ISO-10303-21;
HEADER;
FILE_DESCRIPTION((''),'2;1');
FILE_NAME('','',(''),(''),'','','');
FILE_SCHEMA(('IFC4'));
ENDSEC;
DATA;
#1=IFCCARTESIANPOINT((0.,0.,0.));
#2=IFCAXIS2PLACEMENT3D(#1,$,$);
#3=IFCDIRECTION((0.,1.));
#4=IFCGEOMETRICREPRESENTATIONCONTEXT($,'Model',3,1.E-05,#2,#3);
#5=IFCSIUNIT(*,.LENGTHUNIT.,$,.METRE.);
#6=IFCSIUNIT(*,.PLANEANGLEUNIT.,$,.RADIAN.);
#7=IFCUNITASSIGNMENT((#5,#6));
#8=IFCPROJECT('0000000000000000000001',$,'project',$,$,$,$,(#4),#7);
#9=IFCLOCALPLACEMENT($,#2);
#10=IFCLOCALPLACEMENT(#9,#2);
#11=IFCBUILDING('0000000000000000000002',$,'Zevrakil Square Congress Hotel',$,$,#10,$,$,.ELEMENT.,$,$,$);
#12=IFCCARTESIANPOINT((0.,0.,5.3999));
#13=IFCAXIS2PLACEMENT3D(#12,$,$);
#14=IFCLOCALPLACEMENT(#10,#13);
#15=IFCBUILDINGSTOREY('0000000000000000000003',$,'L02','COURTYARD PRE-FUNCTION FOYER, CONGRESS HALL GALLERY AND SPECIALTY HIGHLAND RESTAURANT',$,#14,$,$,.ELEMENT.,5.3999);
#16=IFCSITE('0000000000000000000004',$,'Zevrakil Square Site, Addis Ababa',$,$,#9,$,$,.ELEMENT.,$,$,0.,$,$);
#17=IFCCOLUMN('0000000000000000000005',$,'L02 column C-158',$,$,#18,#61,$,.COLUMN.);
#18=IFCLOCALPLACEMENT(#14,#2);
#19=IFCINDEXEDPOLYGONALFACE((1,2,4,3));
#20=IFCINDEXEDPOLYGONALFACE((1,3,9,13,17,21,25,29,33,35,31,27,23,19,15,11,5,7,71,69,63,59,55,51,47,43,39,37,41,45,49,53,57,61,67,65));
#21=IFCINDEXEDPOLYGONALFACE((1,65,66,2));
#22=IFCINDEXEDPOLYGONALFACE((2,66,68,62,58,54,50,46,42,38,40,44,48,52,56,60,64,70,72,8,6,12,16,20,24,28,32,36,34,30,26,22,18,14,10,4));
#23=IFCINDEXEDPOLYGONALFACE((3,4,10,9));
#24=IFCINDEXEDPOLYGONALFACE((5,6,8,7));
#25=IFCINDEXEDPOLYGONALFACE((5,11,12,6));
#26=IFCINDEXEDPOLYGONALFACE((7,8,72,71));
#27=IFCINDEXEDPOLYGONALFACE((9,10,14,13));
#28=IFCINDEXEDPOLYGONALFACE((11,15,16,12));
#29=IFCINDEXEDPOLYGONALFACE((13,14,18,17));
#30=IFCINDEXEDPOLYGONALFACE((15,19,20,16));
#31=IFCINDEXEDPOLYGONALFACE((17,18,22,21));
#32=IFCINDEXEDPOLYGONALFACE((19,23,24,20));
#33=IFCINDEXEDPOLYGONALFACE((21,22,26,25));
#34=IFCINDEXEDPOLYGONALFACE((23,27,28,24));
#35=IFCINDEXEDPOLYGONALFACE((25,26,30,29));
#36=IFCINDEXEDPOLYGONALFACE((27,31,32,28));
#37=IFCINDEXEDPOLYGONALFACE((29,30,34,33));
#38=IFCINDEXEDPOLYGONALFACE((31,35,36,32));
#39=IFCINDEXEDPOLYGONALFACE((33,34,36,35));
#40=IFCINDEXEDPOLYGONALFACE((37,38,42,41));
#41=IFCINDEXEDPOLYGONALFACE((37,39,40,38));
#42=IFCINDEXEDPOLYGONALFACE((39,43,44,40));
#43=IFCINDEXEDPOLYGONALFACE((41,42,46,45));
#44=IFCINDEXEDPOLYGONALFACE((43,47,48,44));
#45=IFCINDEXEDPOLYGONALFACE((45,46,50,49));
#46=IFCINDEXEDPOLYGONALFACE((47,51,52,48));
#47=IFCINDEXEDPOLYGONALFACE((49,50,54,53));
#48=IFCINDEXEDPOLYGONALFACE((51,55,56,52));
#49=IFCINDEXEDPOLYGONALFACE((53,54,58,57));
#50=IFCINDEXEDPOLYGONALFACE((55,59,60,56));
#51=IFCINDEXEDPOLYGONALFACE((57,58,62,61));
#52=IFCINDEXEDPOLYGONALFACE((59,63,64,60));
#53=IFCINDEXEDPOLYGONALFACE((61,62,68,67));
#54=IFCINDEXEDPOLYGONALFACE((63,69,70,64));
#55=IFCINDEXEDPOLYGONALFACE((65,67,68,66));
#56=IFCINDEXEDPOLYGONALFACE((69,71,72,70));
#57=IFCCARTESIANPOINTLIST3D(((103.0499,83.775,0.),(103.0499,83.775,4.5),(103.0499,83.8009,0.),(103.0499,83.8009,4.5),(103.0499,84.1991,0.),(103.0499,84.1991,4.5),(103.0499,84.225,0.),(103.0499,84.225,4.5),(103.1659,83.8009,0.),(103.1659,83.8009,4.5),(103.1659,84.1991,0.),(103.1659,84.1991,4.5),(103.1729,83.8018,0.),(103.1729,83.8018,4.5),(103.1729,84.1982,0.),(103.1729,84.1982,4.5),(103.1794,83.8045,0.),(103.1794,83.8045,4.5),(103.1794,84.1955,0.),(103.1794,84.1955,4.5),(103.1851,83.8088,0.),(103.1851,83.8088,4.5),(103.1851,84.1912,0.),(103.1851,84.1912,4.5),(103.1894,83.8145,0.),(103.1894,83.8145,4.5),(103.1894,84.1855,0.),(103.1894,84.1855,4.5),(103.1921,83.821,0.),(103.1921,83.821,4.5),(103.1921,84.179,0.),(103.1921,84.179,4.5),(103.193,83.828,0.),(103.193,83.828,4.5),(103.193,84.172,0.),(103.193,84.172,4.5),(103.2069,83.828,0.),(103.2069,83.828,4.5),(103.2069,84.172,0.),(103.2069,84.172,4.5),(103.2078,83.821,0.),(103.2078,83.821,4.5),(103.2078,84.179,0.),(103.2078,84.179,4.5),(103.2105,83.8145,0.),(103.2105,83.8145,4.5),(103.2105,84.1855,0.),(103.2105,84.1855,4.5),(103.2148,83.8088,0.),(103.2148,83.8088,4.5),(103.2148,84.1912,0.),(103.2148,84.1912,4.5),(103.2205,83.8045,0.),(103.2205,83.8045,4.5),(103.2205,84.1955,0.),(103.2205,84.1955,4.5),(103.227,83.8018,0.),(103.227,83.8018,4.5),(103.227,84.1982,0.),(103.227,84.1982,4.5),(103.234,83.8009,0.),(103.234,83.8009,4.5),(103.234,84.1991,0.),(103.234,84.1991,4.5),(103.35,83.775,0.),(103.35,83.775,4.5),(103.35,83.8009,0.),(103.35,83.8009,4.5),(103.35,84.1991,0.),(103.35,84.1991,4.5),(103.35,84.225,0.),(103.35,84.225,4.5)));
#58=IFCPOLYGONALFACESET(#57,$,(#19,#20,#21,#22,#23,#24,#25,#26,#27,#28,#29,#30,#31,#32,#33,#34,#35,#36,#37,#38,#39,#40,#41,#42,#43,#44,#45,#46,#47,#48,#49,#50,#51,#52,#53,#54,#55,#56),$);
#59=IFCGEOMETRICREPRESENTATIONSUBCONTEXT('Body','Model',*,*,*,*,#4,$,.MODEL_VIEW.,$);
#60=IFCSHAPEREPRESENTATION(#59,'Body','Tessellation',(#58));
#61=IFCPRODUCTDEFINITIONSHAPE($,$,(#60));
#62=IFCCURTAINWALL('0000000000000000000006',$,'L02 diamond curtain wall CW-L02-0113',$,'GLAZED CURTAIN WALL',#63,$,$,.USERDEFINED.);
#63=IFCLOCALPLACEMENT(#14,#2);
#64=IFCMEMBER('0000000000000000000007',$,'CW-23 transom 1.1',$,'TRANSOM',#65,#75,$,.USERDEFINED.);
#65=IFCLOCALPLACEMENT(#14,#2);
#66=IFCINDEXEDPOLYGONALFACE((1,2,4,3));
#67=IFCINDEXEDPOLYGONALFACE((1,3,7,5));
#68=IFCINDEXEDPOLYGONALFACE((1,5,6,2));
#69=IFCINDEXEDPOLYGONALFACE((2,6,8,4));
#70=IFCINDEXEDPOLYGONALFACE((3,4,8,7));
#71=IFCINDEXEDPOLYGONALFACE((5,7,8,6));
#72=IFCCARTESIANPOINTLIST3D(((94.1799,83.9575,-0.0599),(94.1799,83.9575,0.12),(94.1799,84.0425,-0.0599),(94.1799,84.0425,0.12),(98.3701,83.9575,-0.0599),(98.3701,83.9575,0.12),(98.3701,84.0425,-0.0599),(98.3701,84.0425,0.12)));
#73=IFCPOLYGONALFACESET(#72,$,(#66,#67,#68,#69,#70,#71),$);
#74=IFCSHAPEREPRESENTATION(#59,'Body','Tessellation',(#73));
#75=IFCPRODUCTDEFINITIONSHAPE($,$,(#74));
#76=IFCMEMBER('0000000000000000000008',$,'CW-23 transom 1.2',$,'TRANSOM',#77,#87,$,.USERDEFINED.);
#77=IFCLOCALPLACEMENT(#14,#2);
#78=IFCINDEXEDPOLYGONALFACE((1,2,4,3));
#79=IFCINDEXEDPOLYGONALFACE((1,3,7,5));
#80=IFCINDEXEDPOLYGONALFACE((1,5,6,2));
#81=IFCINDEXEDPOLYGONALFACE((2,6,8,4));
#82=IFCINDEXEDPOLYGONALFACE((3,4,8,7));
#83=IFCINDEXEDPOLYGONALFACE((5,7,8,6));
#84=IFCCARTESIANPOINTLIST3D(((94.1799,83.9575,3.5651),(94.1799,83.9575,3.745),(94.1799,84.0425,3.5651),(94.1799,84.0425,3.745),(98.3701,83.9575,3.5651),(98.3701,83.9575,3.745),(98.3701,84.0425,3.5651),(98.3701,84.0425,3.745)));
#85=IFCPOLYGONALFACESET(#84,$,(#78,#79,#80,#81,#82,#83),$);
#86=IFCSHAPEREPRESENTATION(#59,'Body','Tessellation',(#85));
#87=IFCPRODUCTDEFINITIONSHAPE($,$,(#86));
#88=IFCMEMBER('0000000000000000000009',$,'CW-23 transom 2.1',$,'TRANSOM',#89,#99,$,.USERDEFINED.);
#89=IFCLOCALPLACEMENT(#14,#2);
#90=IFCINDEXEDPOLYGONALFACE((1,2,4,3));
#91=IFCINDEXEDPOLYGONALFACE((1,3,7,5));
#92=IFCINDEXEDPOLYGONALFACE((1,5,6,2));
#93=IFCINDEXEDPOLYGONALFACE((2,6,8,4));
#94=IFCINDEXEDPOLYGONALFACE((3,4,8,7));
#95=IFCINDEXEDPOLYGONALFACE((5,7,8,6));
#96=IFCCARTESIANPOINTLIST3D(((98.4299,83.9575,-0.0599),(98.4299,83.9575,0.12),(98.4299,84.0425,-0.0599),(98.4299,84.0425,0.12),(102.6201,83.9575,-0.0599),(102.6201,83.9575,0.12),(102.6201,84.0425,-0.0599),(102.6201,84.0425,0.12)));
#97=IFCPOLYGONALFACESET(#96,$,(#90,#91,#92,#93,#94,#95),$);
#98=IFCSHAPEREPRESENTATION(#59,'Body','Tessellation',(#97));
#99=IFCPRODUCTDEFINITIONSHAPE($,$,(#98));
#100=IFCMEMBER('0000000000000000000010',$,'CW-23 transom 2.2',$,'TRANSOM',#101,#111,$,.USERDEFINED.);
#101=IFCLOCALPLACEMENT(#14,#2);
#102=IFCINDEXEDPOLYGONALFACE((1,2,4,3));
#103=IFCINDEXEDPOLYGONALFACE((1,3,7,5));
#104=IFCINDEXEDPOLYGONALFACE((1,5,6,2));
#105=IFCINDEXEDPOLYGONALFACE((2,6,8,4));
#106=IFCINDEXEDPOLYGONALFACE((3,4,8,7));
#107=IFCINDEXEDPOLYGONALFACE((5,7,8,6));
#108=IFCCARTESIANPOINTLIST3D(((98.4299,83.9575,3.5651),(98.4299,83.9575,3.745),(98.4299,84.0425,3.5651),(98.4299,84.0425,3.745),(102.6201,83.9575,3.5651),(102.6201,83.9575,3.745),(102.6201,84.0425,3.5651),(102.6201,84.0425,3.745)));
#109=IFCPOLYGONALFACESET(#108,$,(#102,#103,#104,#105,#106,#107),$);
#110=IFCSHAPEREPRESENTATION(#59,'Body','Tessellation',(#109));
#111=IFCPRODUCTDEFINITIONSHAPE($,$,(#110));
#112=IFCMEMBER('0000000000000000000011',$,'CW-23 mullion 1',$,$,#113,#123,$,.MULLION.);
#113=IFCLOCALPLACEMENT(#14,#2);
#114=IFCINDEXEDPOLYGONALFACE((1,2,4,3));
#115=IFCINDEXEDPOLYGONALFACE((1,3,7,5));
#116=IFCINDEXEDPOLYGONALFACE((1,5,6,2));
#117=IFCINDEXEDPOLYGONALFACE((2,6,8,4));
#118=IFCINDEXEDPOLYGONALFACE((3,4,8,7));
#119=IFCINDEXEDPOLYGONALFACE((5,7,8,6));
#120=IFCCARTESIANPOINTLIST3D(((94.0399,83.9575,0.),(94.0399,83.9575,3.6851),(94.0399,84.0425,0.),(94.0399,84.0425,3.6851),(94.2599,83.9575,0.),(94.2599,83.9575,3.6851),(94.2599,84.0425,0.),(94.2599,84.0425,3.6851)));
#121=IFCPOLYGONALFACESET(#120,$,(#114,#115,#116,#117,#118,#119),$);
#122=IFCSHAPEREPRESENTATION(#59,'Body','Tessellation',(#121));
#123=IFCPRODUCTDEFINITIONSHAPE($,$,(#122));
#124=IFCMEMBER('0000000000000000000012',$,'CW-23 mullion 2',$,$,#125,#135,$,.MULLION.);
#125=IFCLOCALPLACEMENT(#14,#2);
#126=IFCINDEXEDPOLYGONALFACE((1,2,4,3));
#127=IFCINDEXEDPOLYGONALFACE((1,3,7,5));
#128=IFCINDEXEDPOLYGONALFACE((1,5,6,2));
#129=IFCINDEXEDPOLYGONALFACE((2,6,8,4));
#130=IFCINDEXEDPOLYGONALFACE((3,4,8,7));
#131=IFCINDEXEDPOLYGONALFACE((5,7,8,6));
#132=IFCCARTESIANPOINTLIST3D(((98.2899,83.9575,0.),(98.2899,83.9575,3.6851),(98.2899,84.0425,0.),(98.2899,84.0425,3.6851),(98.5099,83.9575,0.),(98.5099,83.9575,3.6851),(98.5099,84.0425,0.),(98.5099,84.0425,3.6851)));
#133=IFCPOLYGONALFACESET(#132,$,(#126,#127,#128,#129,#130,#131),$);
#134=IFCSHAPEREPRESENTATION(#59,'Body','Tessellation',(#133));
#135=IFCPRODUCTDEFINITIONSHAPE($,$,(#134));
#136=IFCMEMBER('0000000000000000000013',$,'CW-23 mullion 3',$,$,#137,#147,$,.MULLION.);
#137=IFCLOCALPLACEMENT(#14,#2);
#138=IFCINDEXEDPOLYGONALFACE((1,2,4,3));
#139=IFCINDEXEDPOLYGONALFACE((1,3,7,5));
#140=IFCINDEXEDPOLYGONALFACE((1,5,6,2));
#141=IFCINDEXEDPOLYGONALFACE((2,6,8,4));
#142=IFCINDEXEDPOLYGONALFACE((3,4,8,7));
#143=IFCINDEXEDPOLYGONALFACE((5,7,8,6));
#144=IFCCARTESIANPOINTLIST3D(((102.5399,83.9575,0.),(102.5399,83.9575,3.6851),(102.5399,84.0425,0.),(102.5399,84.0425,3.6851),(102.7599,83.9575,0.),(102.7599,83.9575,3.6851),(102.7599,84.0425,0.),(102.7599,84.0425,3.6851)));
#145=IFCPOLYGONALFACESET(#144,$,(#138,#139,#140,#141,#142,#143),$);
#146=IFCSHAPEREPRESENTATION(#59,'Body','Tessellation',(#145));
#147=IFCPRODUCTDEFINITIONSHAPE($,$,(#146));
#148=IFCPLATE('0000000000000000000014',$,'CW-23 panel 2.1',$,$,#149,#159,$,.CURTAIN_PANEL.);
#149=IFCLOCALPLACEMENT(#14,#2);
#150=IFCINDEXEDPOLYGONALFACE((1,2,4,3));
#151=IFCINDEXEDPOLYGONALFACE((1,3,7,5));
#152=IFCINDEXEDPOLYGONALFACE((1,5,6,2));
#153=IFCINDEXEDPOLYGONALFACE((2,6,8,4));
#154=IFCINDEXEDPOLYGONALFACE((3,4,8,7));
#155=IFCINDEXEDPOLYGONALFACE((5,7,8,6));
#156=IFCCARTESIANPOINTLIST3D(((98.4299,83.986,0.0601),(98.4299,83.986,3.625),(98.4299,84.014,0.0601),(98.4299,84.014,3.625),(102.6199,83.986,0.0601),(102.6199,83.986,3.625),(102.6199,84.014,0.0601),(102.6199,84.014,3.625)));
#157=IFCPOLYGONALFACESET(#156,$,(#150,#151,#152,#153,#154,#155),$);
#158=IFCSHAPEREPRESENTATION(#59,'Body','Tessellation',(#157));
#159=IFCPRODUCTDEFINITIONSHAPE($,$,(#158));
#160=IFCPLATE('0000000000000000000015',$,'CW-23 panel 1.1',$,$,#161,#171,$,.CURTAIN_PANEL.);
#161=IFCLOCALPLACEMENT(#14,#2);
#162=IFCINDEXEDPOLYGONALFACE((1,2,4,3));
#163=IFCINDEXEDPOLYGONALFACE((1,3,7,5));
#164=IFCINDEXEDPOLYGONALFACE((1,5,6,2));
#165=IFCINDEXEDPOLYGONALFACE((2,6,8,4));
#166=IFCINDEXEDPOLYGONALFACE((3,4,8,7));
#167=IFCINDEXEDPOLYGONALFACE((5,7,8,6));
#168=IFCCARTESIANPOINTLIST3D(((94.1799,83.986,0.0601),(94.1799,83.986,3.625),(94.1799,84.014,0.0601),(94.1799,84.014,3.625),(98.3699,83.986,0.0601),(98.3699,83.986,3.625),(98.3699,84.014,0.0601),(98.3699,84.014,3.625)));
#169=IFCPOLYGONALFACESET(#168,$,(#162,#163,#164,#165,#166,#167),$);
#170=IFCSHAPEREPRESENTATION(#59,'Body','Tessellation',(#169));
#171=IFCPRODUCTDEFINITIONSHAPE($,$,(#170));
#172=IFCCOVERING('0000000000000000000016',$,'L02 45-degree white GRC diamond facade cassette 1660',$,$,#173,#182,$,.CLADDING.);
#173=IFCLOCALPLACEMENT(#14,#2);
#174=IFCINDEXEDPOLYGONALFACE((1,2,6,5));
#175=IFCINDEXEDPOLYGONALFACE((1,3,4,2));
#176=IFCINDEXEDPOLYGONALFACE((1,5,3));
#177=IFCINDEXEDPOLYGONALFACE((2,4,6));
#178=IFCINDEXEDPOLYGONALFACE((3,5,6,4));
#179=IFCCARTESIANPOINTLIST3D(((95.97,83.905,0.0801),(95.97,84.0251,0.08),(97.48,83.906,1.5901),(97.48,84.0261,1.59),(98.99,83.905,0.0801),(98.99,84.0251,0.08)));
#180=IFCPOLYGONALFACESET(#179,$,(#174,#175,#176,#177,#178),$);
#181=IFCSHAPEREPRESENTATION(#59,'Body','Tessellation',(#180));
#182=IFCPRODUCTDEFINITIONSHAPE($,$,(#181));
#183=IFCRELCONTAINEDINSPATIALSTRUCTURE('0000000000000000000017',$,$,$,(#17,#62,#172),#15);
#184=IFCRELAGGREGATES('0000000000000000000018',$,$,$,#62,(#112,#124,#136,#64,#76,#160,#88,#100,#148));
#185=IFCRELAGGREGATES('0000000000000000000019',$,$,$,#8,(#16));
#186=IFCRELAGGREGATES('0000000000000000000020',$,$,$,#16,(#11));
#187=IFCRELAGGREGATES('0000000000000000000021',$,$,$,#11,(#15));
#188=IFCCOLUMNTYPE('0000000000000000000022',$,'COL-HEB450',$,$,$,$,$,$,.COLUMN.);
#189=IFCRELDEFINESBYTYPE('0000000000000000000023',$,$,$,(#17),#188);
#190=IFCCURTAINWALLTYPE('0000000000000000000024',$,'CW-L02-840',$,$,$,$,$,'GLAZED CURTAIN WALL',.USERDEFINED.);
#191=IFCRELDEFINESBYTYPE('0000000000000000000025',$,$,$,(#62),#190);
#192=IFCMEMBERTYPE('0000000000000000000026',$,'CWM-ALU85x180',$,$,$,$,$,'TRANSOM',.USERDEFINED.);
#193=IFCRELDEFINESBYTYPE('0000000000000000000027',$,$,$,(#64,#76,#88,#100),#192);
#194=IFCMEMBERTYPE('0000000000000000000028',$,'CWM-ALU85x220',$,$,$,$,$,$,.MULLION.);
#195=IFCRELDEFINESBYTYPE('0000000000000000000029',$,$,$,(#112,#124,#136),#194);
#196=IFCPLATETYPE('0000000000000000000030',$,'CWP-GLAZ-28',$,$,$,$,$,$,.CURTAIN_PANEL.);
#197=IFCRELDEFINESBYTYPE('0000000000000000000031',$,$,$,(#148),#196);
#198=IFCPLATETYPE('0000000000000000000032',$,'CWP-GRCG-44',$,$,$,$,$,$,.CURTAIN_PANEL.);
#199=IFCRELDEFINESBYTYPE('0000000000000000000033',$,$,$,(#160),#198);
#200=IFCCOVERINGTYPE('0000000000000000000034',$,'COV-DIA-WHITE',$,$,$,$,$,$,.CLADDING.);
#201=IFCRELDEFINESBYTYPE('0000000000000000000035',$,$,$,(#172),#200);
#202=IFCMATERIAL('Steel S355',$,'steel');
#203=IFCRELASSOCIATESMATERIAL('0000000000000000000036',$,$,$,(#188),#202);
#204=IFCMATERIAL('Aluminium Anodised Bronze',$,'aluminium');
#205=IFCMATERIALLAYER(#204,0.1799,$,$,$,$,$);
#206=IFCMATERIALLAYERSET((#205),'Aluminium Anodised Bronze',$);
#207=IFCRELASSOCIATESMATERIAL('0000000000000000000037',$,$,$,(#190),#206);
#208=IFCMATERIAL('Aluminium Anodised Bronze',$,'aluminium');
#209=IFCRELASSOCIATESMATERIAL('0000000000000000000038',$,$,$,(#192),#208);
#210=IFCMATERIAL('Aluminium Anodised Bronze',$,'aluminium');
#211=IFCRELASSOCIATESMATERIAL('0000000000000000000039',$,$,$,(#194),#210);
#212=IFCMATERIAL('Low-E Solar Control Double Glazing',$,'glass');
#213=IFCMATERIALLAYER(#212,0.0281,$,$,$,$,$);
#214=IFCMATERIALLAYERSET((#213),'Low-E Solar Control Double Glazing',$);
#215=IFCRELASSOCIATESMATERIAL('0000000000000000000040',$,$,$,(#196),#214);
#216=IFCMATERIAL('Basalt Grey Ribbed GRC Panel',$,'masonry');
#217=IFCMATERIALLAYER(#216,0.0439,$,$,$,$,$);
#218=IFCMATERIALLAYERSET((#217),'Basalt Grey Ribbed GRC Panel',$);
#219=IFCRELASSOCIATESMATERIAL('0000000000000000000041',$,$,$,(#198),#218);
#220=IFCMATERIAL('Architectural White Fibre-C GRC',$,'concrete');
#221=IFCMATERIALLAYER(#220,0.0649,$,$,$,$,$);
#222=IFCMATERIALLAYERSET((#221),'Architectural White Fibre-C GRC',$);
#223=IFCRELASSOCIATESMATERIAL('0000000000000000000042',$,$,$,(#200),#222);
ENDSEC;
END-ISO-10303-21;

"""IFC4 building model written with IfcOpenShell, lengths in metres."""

from ifc_helpers import new_model, si_unit, direction, frame, origin, origin_2d, place, context, subcontext, project, spatial, polyline, rectangle, i_section, outline, extrude, material, layer, layer_set, material_profile, profile_set, type_object, element, aggregate, save


model = new_model("IFC4")

# Units and contexts
model_context = context("Model", 3, precision=1e-05, world=origin(), true_north=direction((0.0, 1.0)))
body_context = subcontext(model_context, "Body", "Model", "MODEL_VIEW")
ifc_project = project(units=[si_unit("LENGTHUNIT", "METRE"), si_unit("PLANEANGLEUNIT", "RADIAN")], contexts=[model_context])

# Site, building, storey
site_placement = place(None, origin())
site = spatial("IfcSite", under=ifc_project, at=site_placement, Name="Zevrakil Square Site, Addis Ababa", CompositionType="ELEMENT", RefElevation=0.0)
building_placement = place(site_placement, origin())
building = spatial("IfcBuilding", under=site, at=building_placement, Name="Zevrakil Square Congress Hotel", CompositionType="ELEMENT")
storey_placement = place(building_placement, frame((0.0, 0.0, 5.3999)))
storey = spatial("IfcBuildingStorey", under=building, at=storey_placement, Name="L02", Description="COURTYARD PRE-FUNCTION FOYER, CONGRESS HALL GALLERY AND SPECIALTY HIGHLAND RESTAURANT", CompositionType="ELEMENT", Elevation=5.3999)

# Column
ifc_material_1 = material(Name="Steel S355", Category="steel")
ifc_material_profile_1 = material_profile(ifc_material_1, i_section(OverallWidth=0.3, OverallDepth=0.45, WebThickness=0.0139, FlangeThickness=0.0259, FilletRadius=0.0271, at=origin_2d()), Name="HEB 450")
ifc_profile_set_1 = profile_set([ifc_material_profile_1], Name="Steel S355")
column_type = type_object("IfcColumnType", Name="COL-HEB450", PredefinedType="COLUMN", material=ifc_profile_set_1)
column_placement = place(storey_placement, frame((103.2, 84.0, 0.0), z_axis=(0.0, 0.0, 1.0), x_axis=(1.0, 0.0, 0.0)))
element("IfcColumn", 1, at=column_placement, inside=storey, type_object=column_type, Name="L02 column C-158", PredefinedType="COLUMN", context=body_context, shape_type="SweptSolid", body=[
    extrude(i_section(OverallWidth=0.3, OverallDepth=0.45, WebThickness=0.0139, FlangeThickness=0.0259, FilletRadius=0.0271, at=origin_2d()), origin(), (0.0, 0.0, 1.0), 4.5),
])

# Curtain wall, members, plates
ifc_material_2 = material(Name="Aluminium Anodised Bronze", Category="aluminium")
ifc_layer_1 = layer(ifc_material_2, 0.1799)
ifc_layer_set_1 = layer_set([ifc_layer_1], Name="Aluminium Anodised Bronze")
curtain_wall_type = type_object("IfcCurtainWallType", Name="CW-L02-840", ElementType="GLAZED CURTAIN WALL", PredefinedType="USERDEFINED", material=ifc_layer_set_1)
curtain_wall_placement = place(storey_placement, origin())
curtain_wall = element("IfcCurtainWall", 2, at=curtain_wall_placement, inside=storey, type_object=curtain_wall_type, Name="L02 diamond curtain wall CW-L02-0113", ObjectType="GLAZED CURTAIN WALL", PredefinedType="USERDEFINED")
ifc_material_3 = material(Name="Aluminium Anodised Bronze", Category="aluminium")
ifc_material_profile_2 = material_profile(ifc_material_3, rectangle(XDim=0.085, YDim=0.1799, at=origin_2d()), Name="ALU 85x180")
ifc_profile_set_2 = profile_set([ifc_material_profile_2], Name="Aluminium Anodised Bronze")
member_type_1 = type_object("IfcMemberType", Name="CWM-ALU85x180", ElementType="TRANSOM", PredefinedType="USERDEFINED", material=ifc_profile_set_2)
member_1_placement = place(storey_placement, frame((94.1799, 84.0, 0.03), z_axis=(1.0, 0.0, 0.0), x_axis=(0.0, 1.0, 0.0)))
member_1 = element("IfcMember", 3, at=member_1_placement, type_object=member_type_1, Name="CW-23 transom 1.1", ObjectType="TRANSOM", PredefinedType="USERDEFINED", context=body_context, shape_type="SweptSolid", body=[
    extrude(rectangle(XDim=0.085, YDim=0.1799, at=origin_2d()), origin(), (0.0, 0.0, 1.0), 4.1902),
])
member_2_placement = place(storey_placement, frame((94.1799, 84.0, 3.655), z_axis=(1.0, 0.0, 0.0), x_axis=(0.0, 1.0, 0.0)))
member_2 = element("IfcMember", 4, at=member_2_placement, type_object=member_type_1, Name="CW-23 transom 1.2", ObjectType="TRANSOM", PredefinedType="USERDEFINED", context=body_context, shape_type="SweptSolid", body=[
    extrude(rectangle(XDim=0.085, YDim=0.1799, at=origin_2d()), origin(), (0.0, 0.0, 1.0), 4.1902),
])
member_3_placement = place(storey_placement, frame((98.4299, 84.0, 0.03), z_axis=(1.0, 0.0, 0.0), x_axis=(0.0, 1.0, 0.0)))
member_3 = element("IfcMember", 5, at=member_3_placement, type_object=member_type_1, Name="CW-23 transom 2.1", ObjectType="TRANSOM", PredefinedType="USERDEFINED", context=body_context, shape_type="SweptSolid", body=[
    extrude(rectangle(XDim=0.085, YDim=0.1799, at=origin_2d()), origin(), (0.0, 0.0, 1.0), 4.1902),
])
member_4_placement = place(storey_placement, frame((98.4299, 84.0, 3.655), z_axis=(1.0, 0.0, 0.0), x_axis=(0.0, 1.0, 0.0)))
member_4 = element("IfcMember", 6, at=member_4_placement, type_object=member_type_1, Name="CW-23 transom 2.2", ObjectType="TRANSOM", PredefinedType="USERDEFINED", context=body_context, shape_type="SweptSolid", body=[
    extrude(rectangle(XDim=0.085, YDim=0.1799, at=origin_2d()), origin(), (0.0, 0.0, 1.0), 4.1902),
])
ifc_material_4 = material(Name="Aluminium Anodised Bronze", Category="aluminium")
ifc_material_profile_3 = material_profile(ifc_material_4, rectangle(XDim=0.085, YDim=0.22, at=origin_2d()), Name="ALU 85x220")
ifc_profile_set_3 = profile_set([ifc_material_profile_3], Name="Aluminium Anodised Bronze")
member_type_2 = type_object("IfcMemberType", Name="CWM-ALU85x220", PredefinedType="MULLION", material=ifc_profile_set_3)
member_5_placement = place(storey_placement, frame((94.1499, 84.0, 0.0), z_axis=(0.0, 0.0, 1.0), x_axis=(0.0, 1.0, 0.0)))
member_5 = element("IfcMember", 7, at=member_5_placement, type_object=member_type_2, Name="CW-23 mullion 1", PredefinedType="MULLION", context=body_context, shape_type="SweptSolid", body=[
    extrude(rectangle(XDim=0.085, YDim=0.22, at=origin_2d()), origin(), (0.0, 0.0, 1.0), 3.6851),
])
member_6_placement = place(storey_placement, frame((98.3999, 84.0, 0.0), z_axis=(0.0, 0.0, 1.0), x_axis=(0.0, 1.0, 0.0)))
member_6 = element("IfcMember", 8, at=member_6_placement, type_object=member_type_2, Name="CW-23 mullion 2", PredefinedType="MULLION", context=body_context, shape_type="SweptSolid", body=[
    extrude(rectangle(XDim=0.085, YDim=0.22, at=origin_2d()), origin(), (0.0, 0.0, 1.0), 3.6851),
])
member_7_placement = place(storey_placement, frame((102.6499, 84.0, 0.0), z_axis=(0.0, 0.0, 1.0), x_axis=(0.0, 1.0, 0.0)))
member_7 = element("IfcMember", 9, at=member_7_placement, type_object=member_type_2, Name="CW-23 mullion 3", PredefinedType="MULLION", context=body_context, shape_type="SweptSolid", body=[
    extrude(rectangle(XDim=0.085, YDim=0.22, at=origin_2d()), origin(), (0.0, 0.0, 1.0), 3.6851),
])
ifc_material_5 = material(Name="Low-E Solar Control Double Glazing", Category="glass")
ifc_layer_2 = layer(ifc_material_5, 0.0281)
ifc_layer_set_2 = layer_set([ifc_layer_2], Name="Low-E Solar Control Double Glazing")
plate_type_1 = type_object("IfcPlateType", Name="CWP-GLAZ-28", PredefinedType="CURTAIN_PANEL", material=ifc_layer_set_2)
plate_1_placement = place(storey_placement, frame((100.5249, 84.0, 0.0601), z_axis=(0.0, 0.0, 1.0), x_axis=(1.0, 0.0, 0.0)))
plate_1 = element("IfcPlate", 10, at=plate_1_placement, type_object=plate_type_1, Name="CW-23 panel 2.1", PredefinedType="CURTAIN_PANEL", context=body_context, shape_type="SweptSolid", body=[
    extrude(rectangle(XDim=4.1899, YDim=0.0281, at=origin_2d()), origin(), (0.0, 0.0, 1.0), 3.5649),
])
ifc_material_6 = material(Name="Basalt Grey Ribbed GRC Panel", Category="masonry")
ifc_layer_3 = layer(ifc_material_6, 0.0439)
ifc_layer_set_3 = layer_set([ifc_layer_3], Name="Basalt Grey Ribbed GRC Panel")
plate_type_2 = type_object("IfcPlateType", Name="CWP-GRCG-44", PredefinedType="CURTAIN_PANEL", material=ifc_layer_set_3)
plate_2_placement = place(storey_placement, frame((96.2749, 84.0, 0.0601), z_axis=(0.0, 0.0, 1.0), x_axis=(1.0, 0.0, 0.0)))
plate_2 = element("IfcPlate", 11, at=plate_2_placement, type_object=plate_type_2, Name="CW-23 panel 1.1", PredefinedType="CURTAIN_PANEL", context=body_context, shape_type="SweptSolid", body=[
    extrude(rectangle(XDim=4.1899, YDim=0.0281, at=origin_2d()), origin(), (0.0, 0.0, 1.0), 3.5649),
])
aggregate(curtain_wall, [member_5, member_6, member_7, member_1, member_2, plate_2, member_3, member_4, plate_1])

# Covering
ifc_material_7 = material(Name="Architectural White Fibre-C GRC", Category="concrete")
ifc_layer_4 = layer(ifc_material_7, 0.0649)
ifc_layer_set_4 = layer_set([ifc_layer_4], Name="Architectural White Fibre-C GRC")
covering_type_1 = type_object("IfcCoveringType", Name="COV-DIA-WHITE", PredefinedType="CLADDING", material=ifc_layer_set_4)
covering_1_placement = place(storey_placement, frame((97.48, 83.906, 1.5901), z_axis=(0.0, -1.0, 0.000647), x_axis=(0.707107, -0.000457, -0.707107)))
element("IfcCovering", 12, at=covering_1_placement, inside=storey, type_object=covering_type_1, Name="L02 45-degree white GRC diamond facade cassette 1660", PredefinedType="CLADDING", context=body_context, shape_type="SweptSolid", body=[
    extrude(outline(polyline([(0.0, 0.0), (2.1355, 0.0), (0.0, -2.1355), (0.0, 0.0)])), origin(), (0.0, 0.0, -1.0), 0.1201),
])

save(model, "model.ifc")
